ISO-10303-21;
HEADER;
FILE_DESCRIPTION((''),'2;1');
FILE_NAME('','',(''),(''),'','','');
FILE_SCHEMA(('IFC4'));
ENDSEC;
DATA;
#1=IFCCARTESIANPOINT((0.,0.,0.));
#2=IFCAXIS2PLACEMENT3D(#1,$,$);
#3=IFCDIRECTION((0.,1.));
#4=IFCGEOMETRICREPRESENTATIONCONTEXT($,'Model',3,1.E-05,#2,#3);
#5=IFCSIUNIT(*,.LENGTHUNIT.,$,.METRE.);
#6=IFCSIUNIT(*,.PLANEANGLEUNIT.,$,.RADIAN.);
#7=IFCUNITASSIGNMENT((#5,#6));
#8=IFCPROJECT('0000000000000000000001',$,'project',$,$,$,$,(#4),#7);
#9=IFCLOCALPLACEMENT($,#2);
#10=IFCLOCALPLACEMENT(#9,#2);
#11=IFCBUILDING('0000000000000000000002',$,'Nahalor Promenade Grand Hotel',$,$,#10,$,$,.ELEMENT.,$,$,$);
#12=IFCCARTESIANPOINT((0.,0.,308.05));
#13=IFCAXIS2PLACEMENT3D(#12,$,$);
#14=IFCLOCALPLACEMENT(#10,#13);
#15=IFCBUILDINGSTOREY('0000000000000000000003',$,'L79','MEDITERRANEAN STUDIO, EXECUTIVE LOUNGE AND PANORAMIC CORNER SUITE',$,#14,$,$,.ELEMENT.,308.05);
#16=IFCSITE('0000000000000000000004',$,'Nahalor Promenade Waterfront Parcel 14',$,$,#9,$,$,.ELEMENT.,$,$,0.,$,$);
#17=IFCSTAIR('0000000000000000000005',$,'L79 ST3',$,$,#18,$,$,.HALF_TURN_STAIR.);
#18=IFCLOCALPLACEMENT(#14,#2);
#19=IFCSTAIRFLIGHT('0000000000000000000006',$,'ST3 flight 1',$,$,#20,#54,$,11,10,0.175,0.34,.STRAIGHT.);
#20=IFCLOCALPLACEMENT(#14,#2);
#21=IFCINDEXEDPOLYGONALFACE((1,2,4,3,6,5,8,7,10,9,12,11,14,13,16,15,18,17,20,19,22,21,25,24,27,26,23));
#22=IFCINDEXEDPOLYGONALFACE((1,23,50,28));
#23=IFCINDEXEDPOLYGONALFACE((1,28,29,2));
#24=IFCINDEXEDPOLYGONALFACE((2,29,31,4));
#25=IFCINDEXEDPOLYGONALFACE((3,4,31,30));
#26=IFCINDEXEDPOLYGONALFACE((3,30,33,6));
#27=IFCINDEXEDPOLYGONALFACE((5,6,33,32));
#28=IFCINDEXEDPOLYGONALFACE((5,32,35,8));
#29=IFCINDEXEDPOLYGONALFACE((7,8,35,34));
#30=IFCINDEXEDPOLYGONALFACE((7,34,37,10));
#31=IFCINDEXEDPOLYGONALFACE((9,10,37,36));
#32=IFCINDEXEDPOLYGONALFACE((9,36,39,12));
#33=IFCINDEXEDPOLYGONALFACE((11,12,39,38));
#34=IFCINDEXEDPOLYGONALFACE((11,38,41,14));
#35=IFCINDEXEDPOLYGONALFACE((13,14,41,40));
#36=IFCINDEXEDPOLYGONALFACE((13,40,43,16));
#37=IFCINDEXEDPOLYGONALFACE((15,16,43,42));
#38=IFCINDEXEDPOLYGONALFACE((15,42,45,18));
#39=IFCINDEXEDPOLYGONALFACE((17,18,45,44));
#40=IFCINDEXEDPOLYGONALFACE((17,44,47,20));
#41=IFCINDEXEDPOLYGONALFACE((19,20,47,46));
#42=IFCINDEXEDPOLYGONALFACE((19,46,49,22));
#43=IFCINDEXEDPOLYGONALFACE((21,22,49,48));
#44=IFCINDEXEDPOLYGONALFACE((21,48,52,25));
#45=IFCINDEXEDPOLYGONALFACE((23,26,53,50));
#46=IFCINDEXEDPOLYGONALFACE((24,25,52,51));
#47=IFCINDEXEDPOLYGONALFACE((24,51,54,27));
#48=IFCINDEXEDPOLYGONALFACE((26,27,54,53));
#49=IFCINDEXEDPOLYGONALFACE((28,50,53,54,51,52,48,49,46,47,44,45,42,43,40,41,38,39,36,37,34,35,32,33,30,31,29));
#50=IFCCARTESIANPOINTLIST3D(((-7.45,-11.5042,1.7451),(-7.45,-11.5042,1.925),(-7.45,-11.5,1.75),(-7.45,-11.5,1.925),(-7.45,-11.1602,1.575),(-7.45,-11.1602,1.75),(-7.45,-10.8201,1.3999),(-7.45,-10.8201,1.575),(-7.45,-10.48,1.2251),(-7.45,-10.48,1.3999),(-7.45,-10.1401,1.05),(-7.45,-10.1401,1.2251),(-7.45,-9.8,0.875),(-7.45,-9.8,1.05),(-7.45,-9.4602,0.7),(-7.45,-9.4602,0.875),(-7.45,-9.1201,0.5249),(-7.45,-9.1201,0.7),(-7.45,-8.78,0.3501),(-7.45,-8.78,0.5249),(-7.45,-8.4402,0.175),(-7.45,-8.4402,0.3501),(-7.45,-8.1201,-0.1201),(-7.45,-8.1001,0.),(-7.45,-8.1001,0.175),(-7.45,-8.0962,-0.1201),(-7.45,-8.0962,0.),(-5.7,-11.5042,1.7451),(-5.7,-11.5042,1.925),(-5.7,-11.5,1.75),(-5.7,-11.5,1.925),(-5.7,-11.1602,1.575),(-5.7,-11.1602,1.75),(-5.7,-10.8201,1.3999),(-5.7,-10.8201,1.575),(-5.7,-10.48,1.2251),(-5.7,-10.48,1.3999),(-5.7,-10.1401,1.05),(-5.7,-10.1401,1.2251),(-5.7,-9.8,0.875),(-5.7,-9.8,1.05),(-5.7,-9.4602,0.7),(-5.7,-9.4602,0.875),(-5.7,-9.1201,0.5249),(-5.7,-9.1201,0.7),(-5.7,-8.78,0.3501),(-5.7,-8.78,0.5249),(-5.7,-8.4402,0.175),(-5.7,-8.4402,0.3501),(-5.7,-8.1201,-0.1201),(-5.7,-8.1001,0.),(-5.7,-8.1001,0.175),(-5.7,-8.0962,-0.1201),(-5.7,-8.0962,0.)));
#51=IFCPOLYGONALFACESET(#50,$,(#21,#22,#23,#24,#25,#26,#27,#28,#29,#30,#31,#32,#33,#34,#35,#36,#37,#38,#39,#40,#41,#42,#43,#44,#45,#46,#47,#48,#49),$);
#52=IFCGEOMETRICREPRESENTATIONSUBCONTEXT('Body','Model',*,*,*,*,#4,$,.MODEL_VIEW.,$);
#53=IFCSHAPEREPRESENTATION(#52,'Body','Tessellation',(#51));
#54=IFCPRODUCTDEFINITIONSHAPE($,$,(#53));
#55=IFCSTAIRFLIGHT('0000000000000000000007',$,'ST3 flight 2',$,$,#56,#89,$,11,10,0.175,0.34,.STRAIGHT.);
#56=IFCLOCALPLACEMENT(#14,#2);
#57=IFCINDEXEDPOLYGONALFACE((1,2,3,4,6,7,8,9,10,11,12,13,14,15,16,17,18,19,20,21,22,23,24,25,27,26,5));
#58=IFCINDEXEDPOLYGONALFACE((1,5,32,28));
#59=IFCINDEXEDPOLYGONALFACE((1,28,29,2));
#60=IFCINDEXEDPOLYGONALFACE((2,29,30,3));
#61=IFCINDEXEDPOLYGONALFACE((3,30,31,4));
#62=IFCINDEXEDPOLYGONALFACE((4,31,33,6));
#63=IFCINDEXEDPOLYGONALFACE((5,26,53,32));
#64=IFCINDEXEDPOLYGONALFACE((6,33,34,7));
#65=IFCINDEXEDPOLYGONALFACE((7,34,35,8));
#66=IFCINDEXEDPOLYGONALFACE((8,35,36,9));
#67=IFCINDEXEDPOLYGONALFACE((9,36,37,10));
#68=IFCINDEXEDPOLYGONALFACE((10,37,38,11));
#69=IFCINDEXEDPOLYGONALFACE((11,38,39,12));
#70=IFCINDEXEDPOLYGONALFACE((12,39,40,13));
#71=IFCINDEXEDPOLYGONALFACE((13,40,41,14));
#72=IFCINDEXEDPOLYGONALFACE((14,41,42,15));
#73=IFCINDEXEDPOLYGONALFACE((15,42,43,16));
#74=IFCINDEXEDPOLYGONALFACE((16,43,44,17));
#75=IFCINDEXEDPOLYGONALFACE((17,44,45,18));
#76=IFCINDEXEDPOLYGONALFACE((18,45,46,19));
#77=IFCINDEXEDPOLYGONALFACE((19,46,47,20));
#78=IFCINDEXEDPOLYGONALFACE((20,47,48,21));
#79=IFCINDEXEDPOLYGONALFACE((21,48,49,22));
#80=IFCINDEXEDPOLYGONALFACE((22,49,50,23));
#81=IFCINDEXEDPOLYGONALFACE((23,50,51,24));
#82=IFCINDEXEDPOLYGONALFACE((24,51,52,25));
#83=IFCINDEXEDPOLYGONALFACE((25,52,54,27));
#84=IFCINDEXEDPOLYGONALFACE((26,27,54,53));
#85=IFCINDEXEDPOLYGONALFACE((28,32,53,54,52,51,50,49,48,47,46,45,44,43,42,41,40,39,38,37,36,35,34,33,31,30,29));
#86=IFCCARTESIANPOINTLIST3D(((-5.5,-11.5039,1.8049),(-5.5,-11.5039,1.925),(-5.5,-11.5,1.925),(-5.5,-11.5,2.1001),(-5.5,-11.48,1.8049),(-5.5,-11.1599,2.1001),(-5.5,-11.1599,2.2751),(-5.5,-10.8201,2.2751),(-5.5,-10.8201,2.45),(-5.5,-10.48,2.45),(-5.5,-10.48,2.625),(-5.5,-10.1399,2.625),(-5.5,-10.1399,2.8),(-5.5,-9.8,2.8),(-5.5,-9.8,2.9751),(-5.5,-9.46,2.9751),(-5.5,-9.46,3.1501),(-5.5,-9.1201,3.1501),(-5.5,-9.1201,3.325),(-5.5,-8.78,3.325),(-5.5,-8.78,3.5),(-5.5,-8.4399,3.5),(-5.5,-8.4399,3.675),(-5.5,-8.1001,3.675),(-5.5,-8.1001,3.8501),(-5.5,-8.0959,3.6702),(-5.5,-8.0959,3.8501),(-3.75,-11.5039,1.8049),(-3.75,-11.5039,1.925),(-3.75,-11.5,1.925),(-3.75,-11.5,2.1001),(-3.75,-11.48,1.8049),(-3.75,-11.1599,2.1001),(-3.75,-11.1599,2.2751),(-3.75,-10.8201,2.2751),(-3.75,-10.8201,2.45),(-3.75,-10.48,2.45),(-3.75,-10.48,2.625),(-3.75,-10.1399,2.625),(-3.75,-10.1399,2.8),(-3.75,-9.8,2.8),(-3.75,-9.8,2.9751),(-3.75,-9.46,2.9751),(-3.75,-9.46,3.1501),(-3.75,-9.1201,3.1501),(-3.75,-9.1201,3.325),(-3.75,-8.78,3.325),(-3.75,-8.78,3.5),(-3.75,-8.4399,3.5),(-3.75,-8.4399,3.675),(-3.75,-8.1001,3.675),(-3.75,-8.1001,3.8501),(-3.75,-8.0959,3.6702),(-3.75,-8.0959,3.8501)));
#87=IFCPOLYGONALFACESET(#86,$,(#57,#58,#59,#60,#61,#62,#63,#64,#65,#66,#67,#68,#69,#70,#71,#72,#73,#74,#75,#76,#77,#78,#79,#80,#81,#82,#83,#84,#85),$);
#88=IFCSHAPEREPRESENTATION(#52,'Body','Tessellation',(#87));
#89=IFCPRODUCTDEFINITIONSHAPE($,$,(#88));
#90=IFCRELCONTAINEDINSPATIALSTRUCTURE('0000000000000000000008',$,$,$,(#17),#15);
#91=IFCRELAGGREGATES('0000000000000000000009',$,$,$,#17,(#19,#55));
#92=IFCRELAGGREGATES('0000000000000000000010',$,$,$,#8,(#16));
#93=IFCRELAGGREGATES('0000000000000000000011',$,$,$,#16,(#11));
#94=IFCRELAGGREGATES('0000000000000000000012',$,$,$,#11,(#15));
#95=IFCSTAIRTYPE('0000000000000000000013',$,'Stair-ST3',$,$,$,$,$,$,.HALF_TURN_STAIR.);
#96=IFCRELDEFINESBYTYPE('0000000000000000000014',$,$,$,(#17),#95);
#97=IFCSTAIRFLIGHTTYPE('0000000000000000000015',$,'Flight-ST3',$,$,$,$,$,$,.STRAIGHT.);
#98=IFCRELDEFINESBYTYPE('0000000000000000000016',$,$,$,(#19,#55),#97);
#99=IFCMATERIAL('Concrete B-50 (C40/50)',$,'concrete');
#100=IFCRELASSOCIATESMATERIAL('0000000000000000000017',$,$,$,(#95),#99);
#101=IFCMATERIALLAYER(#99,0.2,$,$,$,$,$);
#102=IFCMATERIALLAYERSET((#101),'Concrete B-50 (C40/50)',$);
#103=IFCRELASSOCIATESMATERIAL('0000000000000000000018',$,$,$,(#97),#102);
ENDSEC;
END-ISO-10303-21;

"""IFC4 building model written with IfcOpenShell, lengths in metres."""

from ifc_helpers import new_model, si_unit, direction, frame, origin, place, context, subcontext, project, spatial, polyline, outline, extrude, source, transform, mapped, material, layer, layer_set, type_object, element, aggregate, save


model = new_model("IFC4")

# Units and contexts
model_context = context("Model", 3, precision=1e-05, world=origin(), true_north=direction((0.0, 1.0)))
body_context = subcontext(model_context, "Body", "Model", "MODEL_VIEW")
ifc_project = project(units=[si_unit("LENGTHUNIT", "METRE"), si_unit("PLANEANGLEUNIT", "RADIAN")], contexts=[model_context])

# Site, building, storey
site_placement = place(None, origin())
site = spatial("IfcSite", under=ifc_project, at=site_placement, Name="Nahalor Promenade Waterfront Parcel 14", CompositionType="ELEMENT", RefElevation=0.0)
building_placement = place(site_placement, origin())
building = spatial("IfcBuilding", under=site, at=building_placement, Name="Nahalor Promenade Grand Hotel", CompositionType="ELEMENT")
storey_placement = place(building_placement, frame((0.0, 0.0, 308.05)))
storey = spatial("IfcBuildingStorey", under=building, at=storey_placement, Name="L79", Description="MEDITERRANEAN STUDIO, EXECUTIVE LOUNGE AND PANORAMIC CORNER SUITE", CompositionType="ELEMENT", Elevation=308.05)

# Shared definitions
ifc_material_1 = material(Name="Concrete B-50 (C40/50)", Category="concrete")

# Stair, stair flights
stair_type = type_object("IfcStairType", Name="Stair-ST3", PredefinedType="HALF_TURN_STAIR", material=ifc_material_1)
stair_placement = place(storey_placement, origin())
stair = element("IfcStair", 1, at=stair_placement, inside=storey, type_object=stair_type, Name="L79 ST3", PredefinedType="HALF_TURN_STAIR")
ifc_layer_1 = layer(ifc_material_1, 0.2)
ifc_layer_set_1 = layer_set([ifc_layer_1], Name="Concrete B-50 (C40/50)")
stair_flight_type = type_object("IfcStairFlightType", Name="Flight-ST3", PredefinedType="STRAIGHT", material=ifc_layer_set_1)
shared_shape_1 = source(origin(), body_context, "Body", "SweptSolid", [
    extrude(outline(polyline([(-0.0039, -0.1201), (-0.0039, 0.0), (0.0, 0.0), (0.0, 0.175), (0.3401, 0.175), (0.3401, 0.3501), (0.6799, 0.3501), (0.6799, 0.5249), (1.02, 0.5249), (1.02, 0.7), (1.3601, 0.7), (1.3601, 0.875), (1.7, 0.875), (1.7, 1.05), (2.04, 1.05), (2.04, 1.2251), (2.3799, 1.2251), (2.3799, 1.3999), (2.72, 1.3999), (2.72, 1.575), (3.0601, 1.575), (3.0601, 1.75), (3.3999, 1.75), (3.3999, 1.925), (3.4041, 1.925), (3.4041, 1.7451), (0.02, -0.1201), (-0.0039, -0.1201)])), frame((0.0, 0.875, 0.0), z_axis=(0.0, -1.0, 0.0), x_axis=(1.0, 0.0, 0.0)), (0.0, 0.0, 1.0), 1.75),
])
stair_flight_1_placement = place(storey_placement, frame((-6.575, -8.1001, 0.0), z_axis=(0.0, 0.0, 1.0), x_axis=(0.0, -1.0, 0.0)))
stair_flight_1 = element("IfcStairFlight", 2, at=stair_flight_1_placement, type_object=stair_flight_type, Name="ST3 flight 1", NumberOfRisers=11, NumberOfTreads=10, PredefinedType="STRAIGHT", RiserHeight=0.175, TreadLength=0.34, context=body_context, shape_type="MappedRepresentation", body=[
    mapped(shared_shape_1, transform((0.0, 0.0, 0.0), scale=1.0)),
])
stair_flight_2_placement = place(storey_placement, frame((-4.625, -11.5, 1.925), z_axis=(0.0, 0.0, 1.0), x_axis=(0.0, 1.0, 0.0)))
stair_flight_2 = element("IfcStairFlight", 3, at=stair_flight_2_placement, type_object=stair_flight_type, Name="ST3 flight 2", NumberOfRisers=11, NumberOfTreads=10, PredefinedType="STRAIGHT", RiserHeight=0.175, TreadLength=0.34, context=body_context, shape_type="MappedRepresentation", body=[
    mapped(shared_shape_1, transform((0.0, 0.0, 0.0), scale=1.0)),
])
aggregate(stair, [stair_flight_1, stair_flight_2])

save(model, "model.ifc")
